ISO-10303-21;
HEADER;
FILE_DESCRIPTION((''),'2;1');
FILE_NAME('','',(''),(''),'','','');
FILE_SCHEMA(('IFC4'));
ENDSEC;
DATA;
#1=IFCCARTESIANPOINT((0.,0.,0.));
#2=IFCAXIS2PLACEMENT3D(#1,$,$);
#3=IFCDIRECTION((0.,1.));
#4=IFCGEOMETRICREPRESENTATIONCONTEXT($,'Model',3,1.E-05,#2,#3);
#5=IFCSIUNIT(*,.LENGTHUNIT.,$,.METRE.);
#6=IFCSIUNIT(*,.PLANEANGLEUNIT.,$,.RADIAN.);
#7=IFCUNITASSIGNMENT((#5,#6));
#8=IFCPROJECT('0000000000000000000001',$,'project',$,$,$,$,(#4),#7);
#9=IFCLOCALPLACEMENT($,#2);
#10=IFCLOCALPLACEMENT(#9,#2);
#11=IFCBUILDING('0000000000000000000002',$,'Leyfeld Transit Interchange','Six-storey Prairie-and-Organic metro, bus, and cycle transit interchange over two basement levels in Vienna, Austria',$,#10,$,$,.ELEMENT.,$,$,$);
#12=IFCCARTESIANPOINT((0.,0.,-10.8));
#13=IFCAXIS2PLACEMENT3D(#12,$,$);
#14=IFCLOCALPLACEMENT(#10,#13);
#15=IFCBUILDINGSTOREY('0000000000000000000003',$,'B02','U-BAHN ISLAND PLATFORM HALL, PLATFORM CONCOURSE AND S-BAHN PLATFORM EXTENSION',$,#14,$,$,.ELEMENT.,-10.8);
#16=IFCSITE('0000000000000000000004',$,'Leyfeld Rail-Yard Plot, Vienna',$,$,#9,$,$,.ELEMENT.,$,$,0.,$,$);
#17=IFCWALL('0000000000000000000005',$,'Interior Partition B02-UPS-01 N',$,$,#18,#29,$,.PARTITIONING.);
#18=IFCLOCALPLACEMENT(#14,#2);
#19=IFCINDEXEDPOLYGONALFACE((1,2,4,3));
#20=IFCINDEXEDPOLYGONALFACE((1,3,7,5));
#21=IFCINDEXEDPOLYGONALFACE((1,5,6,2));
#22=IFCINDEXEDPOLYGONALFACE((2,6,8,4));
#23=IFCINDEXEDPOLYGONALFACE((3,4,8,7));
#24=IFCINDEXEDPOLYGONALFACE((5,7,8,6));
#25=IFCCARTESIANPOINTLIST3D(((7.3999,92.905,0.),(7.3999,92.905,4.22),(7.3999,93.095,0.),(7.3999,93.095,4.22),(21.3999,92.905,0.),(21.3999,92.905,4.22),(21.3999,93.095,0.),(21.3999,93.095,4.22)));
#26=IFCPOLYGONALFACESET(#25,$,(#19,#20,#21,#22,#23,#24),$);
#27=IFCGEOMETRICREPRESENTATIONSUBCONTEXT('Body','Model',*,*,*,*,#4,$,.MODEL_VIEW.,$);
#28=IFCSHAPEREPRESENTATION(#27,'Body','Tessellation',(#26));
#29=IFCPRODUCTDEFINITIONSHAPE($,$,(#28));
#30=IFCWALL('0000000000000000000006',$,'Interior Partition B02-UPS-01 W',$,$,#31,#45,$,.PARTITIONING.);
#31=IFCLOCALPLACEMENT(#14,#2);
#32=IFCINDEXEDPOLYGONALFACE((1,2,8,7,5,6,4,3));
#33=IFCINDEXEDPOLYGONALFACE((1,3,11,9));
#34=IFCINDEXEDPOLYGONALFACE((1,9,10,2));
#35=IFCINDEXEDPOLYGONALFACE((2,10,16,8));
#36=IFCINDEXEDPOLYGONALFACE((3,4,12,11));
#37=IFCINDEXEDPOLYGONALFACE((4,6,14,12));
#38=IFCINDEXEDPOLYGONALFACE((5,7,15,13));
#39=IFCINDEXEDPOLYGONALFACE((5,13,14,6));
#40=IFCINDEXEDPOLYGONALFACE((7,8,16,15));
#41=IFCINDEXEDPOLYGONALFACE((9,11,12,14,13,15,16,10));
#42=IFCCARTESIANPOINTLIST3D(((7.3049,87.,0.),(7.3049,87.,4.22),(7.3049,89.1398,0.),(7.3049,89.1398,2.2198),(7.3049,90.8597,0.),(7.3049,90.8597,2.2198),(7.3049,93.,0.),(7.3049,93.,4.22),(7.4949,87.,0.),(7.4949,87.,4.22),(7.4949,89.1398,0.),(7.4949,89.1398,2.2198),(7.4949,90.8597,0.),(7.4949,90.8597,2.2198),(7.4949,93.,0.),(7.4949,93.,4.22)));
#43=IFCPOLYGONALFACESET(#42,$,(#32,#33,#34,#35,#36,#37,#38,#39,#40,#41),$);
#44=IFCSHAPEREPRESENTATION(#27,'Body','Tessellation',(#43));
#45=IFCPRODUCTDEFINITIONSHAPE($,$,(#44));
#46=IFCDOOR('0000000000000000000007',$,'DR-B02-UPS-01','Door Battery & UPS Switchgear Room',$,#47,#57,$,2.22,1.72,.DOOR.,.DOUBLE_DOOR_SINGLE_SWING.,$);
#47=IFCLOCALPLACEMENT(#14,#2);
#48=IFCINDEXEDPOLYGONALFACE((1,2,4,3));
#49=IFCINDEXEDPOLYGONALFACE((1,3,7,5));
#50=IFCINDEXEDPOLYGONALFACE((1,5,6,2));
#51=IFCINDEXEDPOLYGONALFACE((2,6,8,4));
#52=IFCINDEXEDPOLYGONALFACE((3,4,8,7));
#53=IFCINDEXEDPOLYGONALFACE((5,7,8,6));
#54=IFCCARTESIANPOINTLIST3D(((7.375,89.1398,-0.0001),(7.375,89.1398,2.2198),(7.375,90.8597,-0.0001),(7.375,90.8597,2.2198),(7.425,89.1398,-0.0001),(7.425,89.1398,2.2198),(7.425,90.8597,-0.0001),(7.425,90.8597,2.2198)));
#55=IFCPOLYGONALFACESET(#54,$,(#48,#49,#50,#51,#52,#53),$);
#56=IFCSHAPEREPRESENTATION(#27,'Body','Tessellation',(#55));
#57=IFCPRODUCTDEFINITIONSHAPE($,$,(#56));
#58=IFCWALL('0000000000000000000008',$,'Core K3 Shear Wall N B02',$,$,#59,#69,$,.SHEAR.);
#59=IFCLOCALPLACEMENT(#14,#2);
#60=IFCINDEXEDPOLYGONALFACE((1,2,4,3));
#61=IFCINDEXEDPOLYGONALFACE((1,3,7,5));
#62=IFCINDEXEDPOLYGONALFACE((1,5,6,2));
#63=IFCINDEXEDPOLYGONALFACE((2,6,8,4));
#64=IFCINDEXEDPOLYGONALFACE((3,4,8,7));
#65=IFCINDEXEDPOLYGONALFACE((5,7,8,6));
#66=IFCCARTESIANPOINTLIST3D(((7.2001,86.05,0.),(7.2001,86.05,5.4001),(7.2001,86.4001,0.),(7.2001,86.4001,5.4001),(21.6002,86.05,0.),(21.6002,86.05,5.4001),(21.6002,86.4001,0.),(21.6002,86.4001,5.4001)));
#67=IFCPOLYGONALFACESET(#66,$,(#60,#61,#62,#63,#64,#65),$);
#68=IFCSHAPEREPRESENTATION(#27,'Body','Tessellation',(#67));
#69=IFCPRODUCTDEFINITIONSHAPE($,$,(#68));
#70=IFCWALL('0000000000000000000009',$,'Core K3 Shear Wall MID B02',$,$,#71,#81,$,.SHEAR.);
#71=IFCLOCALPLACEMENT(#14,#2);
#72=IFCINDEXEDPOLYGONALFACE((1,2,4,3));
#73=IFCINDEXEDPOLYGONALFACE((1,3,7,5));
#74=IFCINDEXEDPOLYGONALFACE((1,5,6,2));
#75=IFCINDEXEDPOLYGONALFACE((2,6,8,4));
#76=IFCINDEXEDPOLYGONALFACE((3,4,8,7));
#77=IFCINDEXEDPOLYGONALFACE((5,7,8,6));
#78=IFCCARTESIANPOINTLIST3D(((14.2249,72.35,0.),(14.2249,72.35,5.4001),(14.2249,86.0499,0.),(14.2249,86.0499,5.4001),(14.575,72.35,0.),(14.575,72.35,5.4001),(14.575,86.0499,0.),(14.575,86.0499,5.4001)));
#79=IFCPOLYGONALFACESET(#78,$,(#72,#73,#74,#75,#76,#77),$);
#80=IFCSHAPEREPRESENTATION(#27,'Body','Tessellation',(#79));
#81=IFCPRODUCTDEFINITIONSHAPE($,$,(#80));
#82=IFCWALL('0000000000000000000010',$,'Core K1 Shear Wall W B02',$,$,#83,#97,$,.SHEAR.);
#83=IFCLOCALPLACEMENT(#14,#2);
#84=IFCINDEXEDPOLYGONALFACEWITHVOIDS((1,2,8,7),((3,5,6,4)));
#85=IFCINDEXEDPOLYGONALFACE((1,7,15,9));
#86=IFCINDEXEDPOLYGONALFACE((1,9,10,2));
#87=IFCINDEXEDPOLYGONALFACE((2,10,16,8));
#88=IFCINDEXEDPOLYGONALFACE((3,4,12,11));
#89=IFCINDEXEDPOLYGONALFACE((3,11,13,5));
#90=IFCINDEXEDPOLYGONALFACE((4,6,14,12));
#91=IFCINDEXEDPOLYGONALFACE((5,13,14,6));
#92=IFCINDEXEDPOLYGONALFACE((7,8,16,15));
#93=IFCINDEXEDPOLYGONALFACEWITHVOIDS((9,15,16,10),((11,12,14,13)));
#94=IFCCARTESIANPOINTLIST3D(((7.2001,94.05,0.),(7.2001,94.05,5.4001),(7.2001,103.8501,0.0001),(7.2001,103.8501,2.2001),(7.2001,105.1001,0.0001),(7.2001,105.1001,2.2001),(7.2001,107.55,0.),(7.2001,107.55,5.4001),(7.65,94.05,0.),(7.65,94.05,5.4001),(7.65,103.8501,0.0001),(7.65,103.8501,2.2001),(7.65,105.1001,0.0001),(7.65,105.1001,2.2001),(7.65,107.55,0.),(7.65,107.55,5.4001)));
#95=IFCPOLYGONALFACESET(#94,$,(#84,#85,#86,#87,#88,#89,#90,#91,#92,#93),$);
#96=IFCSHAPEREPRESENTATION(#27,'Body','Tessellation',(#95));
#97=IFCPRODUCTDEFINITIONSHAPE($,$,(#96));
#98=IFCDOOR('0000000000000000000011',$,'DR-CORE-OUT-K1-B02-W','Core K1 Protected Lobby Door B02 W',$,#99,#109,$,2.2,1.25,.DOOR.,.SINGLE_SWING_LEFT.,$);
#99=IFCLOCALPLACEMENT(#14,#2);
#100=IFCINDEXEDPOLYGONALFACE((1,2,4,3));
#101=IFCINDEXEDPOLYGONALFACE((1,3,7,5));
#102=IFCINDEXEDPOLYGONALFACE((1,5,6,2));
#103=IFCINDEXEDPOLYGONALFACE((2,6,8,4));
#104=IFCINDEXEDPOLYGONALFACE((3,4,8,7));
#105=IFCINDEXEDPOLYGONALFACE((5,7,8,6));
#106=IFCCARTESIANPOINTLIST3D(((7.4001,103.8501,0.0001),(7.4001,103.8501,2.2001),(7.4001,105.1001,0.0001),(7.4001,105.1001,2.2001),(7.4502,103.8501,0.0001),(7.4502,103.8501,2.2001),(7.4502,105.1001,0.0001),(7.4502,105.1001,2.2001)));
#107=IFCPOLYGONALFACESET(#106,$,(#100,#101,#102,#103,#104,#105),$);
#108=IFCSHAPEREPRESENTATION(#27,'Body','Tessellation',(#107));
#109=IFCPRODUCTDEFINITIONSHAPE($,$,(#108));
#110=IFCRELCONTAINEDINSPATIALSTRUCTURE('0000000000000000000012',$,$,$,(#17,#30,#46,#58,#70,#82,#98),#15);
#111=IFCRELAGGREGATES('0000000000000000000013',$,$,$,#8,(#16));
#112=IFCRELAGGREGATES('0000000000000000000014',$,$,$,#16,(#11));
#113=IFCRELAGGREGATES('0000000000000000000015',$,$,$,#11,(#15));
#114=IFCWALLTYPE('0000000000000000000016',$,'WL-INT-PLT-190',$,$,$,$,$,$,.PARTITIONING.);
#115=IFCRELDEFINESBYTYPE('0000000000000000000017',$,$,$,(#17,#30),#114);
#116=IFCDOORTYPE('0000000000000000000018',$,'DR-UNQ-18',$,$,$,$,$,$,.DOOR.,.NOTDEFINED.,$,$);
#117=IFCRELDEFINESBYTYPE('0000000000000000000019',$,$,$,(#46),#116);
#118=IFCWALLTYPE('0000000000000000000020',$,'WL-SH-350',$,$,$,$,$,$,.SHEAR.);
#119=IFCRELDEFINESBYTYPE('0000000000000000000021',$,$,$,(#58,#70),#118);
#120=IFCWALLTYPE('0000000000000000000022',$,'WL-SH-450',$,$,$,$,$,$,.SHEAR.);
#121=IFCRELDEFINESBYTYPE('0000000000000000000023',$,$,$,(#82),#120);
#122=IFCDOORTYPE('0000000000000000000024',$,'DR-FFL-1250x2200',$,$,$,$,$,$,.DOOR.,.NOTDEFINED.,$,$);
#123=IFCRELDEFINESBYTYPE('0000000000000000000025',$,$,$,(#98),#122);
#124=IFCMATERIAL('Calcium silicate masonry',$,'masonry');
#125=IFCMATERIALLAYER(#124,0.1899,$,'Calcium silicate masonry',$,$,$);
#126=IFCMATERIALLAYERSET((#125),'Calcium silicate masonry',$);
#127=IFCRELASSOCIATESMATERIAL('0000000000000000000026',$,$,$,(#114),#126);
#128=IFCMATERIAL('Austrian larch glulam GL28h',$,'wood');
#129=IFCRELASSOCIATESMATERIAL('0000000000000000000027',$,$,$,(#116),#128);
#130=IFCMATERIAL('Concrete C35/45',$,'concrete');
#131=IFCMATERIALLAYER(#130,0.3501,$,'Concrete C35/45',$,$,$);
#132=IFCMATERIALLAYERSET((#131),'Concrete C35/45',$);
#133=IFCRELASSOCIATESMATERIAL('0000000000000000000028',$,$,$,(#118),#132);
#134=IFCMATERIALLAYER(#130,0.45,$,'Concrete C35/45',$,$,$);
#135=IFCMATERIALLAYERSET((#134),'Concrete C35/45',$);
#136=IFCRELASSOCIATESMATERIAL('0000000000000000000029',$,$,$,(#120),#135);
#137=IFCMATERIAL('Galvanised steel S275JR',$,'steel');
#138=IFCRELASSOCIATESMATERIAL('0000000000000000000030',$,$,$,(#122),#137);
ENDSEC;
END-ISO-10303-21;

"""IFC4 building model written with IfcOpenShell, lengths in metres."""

from ifc_helpers import new_model, si_unit, direction, frame, frame_2d, origin, place, context, subcontext, project, spatial, rectangle, extrude, material, layer, layer_set, type_object, element, fill, save


model = new_model("IFC4")

# Units and contexts
model_context = context("Model", 3, precision=1e-05, world=origin(), true_north=direction((0.0, 1.0)))
body_context = subcontext(model_context, "Body", "Model", "MODEL_VIEW")
ifc_project = project(units=[si_unit("LENGTHUNIT", "METRE"), si_unit("PLANEANGLEUNIT", "RADIAN")], contexts=[model_context])

# Site, building, storey
site_placement = place(None, origin())
site = spatial("IfcSite", under=ifc_project, at=site_placement, Name="Leyfeld Rail-Yard Plot, Vienna", CompositionType="ELEMENT", RefElevation=0.0)
building_placement = place(site_placement, origin())
building = spatial("IfcBuilding", under=site, at=building_placement, Name="Leyfeld Transit Interchange", Description="Six-storey Prairie-and-Organic metro, bus, and cycle transit interchange over two basement levels in Vienna, Austria", CompositionType="ELEMENT")
storey_placement = place(building_placement, frame((0.0, 0.0, -10.8)))
storey = spatial("IfcBuildingStorey", under=building, at=storey_placement, Name="B02", Description="U-BAHN ISLAND PLATFORM HALL, PLATFORM CONCOURSE AND S-BAHN PLATFORM EXTENSION", CompositionType="ELEMENT", Elevation=-10.8)

# Shared definitions
ifc_material_1 = material(Name="Concrete C35/45", Category="concrete")

# Wall
ifc_material_2 = material(Name="Calcium silicate masonry", Category="masonry")
ifc_layer_1 = layer(ifc_material_2, 0.1899, Name="Calcium silicate masonry")
ifc_layer_set_1 = layer_set([ifc_layer_1], Name="Calcium silicate masonry")
wall_type_1 = type_object("IfcWallType", Name="WL-INT-PLT-190", PredefinedType="PARTITIONING", material=ifc_layer_set_1)
wall_1_placement = place(storey_placement, frame((7.3999, 93.0, 0.0), z_axis=(0.0, 0.0, 1.0), x_axis=(1.0, 0.0, 0.0)))
element("IfcWall", 1, at=wall_1_placement, inside=storey, type_object=wall_type_1, Name="Interior Partition B02-UPS-01 N", PredefinedType="PARTITIONING", context=body_context, shape_type="SweptSolid", body=[
    extrude(rectangle(XDim=14.0, YDim=0.1899, at=frame_2d((7.0, 0.0))), origin(), (0.0, 0.0, 1.0), 4.22),
])

# Wall, opening, door
wall_2_placement = place(storey_placement, frame((7.3999, 87.0, 0.0), z_axis=(0.0, 0.0, 1.0), x_axis=(0.0, 1.0, 0.0)))
wall_2 = element("IfcWall", 2, at=wall_2_placement, inside=storey, type_object=wall_type_1, Name="Interior Partition B02-UPS-01 W", PredefinedType="PARTITIONING", context=body_context, shape_type="SweptSolid", body=[
    extrude(rectangle(XDim=6.0, YDim=0.1899, at=frame_2d((3.0, 0.0))), origin(), (0.0, 0.0, 1.0), 4.22),
])
opening_1_placement = place(wall_2_placement, frame((2.1399, 0.0, 0.0)))
opening_1 = element("IfcOpeningElement", 3, at=opening_1_placement, cuts=wall_2, PredefinedType="OPENING", context=body_context, shape_type="SweptSolid", body=[
    extrude(rectangle(XDim=1.72, YDim=2.22, at=frame_2d((0.8599, 1.1099))), frame((0.0, 0.105, 0.0), z_axis=(0.0, -1.0, 0.0), x_axis=(1.0, 0.0, 0.0)), (0.0, 0.0, 1.0), 0.21),
])
ifc_material_3 = material(Name="Austrian larch glulam GL28h", Category="wood")
door_type_1 = type_object("IfcDoorType", Name="DR-UNQ-18", OperationType="NOTDEFINED", PredefinedType="DOOR", material=ifc_material_3)
door_1_placement = place(opening_1_placement, origin())
door_1 = element("IfcDoor", 4, at=door_1_placement, inside=storey, type_object=door_type_1, Name="DR-B02-UPS-01", Description="Door Battery & UPS Switchgear Room", OperationType="DOUBLE_DOOR_SINGLE_SWING", OverallHeight=2.22, OverallWidth=1.72, PredefinedType="DOOR", context=body_context, shape_type="SweptSolid", body=[
    extrude(rectangle(XDim=1.72, YDim=2.22, at=frame_2d((0.8599, 1.1099))), frame((0.0, 0.0249, 0.0), z_axis=(0.0, -1.0, 0.0), x_axis=(1.0, 0.0, 0.0)), (0.0, 0.0, 1.0), 0.05),
])
fill(opening_1, door_1)

# Walls
ifc_layer_2 = layer(ifc_material_1, 0.3501, Name="Concrete C35/45")
ifc_layer_set_2 = layer_set([ifc_layer_2], Name="Concrete C35/45")
wall_type_2 = type_object("IfcWallType", Name="WL-SH-350", PredefinedType="SHEAR", material=ifc_layer_set_2)
wall_3_placement = place(storey_placement, frame((7.2, 86.2251, 0.0), z_axis=(0.0, 0.0, 1.0), x_axis=(1.0, 0.0, 0.0)))
element("IfcWall", 5, at=wall_3_placement, inside=storey, type_object=wall_type_2, Name="Core K3 Shear Wall N B02", PredefinedType="SHEAR", context=body_context, shape_type="SweptSolid", body=[
    extrude(rectangle(XDim=14.4001, YDim=0.3501, at=frame_2d((7.2002, 0.0))), origin(), (0.0, 0.0, 1.0), 5.4001),
])
wall_4_placement = place(storey_placement, frame((14.3999, 86.05, 0.0), z_axis=(0.0, 0.0, 1.0), x_axis=(0.0, -1.0, 0.0)))
element("IfcWall", 6, at=wall_4_placement, inside=storey, type_object=wall_type_2, Name="Core K3 Shear Wall MID B02", PredefinedType="SHEAR", context=body_context, shape_type="SweptSolid", body=[
    extrude(rectangle(XDim=13.7, YDim=0.3501, at=frame_2d((6.8501, 0.0))), origin(), (0.0, 0.0, 1.0), 5.4001),
])

# Wall, opening, door
ifc_layer_3 = layer(ifc_material_1, 0.45, Name="Concrete C35/45")
ifc_layer_set_3 = layer_set([ifc_layer_3], Name="Concrete C35/45")
wall_type_3 = type_object("IfcWallType", Name="WL-SH-450", PredefinedType="SHEAR", material=ifc_layer_set_3)
wall_5_placement = place(storey_placement, frame((7.425, 94.05, 0.0), z_axis=(0.0, 0.0, 1.0), x_axis=(0.0, 1.0, 0.0)))
wall_5 = element("IfcWall", 7, at=wall_5_placement, inside=storey, type_object=wall_type_3, Name="Core K1 Shear Wall W B02", PredefinedType="SHEAR", context=body_context, shape_type="SweptSolid", body=[
    extrude(rectangle(XDim=13.5, YDim=0.45, at=frame_2d((6.75, 0.0))), origin(), (0.0, 0.0, 1.0), 5.4001),
])
opening_2_placement = place(wall_5_placement, frame((9.8, 0.0, 0.0)))
opening_2 = element("IfcOpeningElement", 8, at=opening_2_placement, cuts=wall_5, PredefinedType="OPENING", context=body_context, shape_type="SweptSolid", body=[
    extrude(rectangle(XDim=1.25, YDim=2.2, at=frame_2d((0.625, 1.1001))), frame((0.0, 0.2349, 0.0), z_axis=(0.0, -1.0, 0.0), x_axis=(1.0, 0.0, 0.0)), (0.0, 0.0, 1.0), 0.47),
])
ifc_material_4 = material(Name="Galvanised steel S275JR", Category="steel")
door_type_2 = type_object("IfcDoorType", Name="DR-FFL-1250x2200", OperationType="NOTDEFINED", PredefinedType="DOOR", material=ifc_material_4)
door_2_placement = place(opening_2_placement, origin())
door_2 = element("IfcDoor", 9, at=door_2_placement, inside=storey, type_object=door_type_2, Name="DR-CORE-OUT-K1-B02-W", Description="Core K1 Protected Lobby Door B02 W", OperationType="SINGLE_SWING_LEFT", OverallHeight=2.2, OverallWidth=1.25, PredefinedType="DOOR", context=body_context, shape_type="SweptSolid", body=[
    extrude(rectangle(XDim=1.25, YDim=2.2, at=frame_2d((0.625, 1.1001))), frame((0.0, 0.0249, 0.0), z_axis=(0.0, -1.0, 0.0), x_axis=(1.0, 0.0, 0.0)), (0.0, 0.0, 1.0), 0.05),
])
fill(opening_2, door_2)

save(model, "model.ifc")
